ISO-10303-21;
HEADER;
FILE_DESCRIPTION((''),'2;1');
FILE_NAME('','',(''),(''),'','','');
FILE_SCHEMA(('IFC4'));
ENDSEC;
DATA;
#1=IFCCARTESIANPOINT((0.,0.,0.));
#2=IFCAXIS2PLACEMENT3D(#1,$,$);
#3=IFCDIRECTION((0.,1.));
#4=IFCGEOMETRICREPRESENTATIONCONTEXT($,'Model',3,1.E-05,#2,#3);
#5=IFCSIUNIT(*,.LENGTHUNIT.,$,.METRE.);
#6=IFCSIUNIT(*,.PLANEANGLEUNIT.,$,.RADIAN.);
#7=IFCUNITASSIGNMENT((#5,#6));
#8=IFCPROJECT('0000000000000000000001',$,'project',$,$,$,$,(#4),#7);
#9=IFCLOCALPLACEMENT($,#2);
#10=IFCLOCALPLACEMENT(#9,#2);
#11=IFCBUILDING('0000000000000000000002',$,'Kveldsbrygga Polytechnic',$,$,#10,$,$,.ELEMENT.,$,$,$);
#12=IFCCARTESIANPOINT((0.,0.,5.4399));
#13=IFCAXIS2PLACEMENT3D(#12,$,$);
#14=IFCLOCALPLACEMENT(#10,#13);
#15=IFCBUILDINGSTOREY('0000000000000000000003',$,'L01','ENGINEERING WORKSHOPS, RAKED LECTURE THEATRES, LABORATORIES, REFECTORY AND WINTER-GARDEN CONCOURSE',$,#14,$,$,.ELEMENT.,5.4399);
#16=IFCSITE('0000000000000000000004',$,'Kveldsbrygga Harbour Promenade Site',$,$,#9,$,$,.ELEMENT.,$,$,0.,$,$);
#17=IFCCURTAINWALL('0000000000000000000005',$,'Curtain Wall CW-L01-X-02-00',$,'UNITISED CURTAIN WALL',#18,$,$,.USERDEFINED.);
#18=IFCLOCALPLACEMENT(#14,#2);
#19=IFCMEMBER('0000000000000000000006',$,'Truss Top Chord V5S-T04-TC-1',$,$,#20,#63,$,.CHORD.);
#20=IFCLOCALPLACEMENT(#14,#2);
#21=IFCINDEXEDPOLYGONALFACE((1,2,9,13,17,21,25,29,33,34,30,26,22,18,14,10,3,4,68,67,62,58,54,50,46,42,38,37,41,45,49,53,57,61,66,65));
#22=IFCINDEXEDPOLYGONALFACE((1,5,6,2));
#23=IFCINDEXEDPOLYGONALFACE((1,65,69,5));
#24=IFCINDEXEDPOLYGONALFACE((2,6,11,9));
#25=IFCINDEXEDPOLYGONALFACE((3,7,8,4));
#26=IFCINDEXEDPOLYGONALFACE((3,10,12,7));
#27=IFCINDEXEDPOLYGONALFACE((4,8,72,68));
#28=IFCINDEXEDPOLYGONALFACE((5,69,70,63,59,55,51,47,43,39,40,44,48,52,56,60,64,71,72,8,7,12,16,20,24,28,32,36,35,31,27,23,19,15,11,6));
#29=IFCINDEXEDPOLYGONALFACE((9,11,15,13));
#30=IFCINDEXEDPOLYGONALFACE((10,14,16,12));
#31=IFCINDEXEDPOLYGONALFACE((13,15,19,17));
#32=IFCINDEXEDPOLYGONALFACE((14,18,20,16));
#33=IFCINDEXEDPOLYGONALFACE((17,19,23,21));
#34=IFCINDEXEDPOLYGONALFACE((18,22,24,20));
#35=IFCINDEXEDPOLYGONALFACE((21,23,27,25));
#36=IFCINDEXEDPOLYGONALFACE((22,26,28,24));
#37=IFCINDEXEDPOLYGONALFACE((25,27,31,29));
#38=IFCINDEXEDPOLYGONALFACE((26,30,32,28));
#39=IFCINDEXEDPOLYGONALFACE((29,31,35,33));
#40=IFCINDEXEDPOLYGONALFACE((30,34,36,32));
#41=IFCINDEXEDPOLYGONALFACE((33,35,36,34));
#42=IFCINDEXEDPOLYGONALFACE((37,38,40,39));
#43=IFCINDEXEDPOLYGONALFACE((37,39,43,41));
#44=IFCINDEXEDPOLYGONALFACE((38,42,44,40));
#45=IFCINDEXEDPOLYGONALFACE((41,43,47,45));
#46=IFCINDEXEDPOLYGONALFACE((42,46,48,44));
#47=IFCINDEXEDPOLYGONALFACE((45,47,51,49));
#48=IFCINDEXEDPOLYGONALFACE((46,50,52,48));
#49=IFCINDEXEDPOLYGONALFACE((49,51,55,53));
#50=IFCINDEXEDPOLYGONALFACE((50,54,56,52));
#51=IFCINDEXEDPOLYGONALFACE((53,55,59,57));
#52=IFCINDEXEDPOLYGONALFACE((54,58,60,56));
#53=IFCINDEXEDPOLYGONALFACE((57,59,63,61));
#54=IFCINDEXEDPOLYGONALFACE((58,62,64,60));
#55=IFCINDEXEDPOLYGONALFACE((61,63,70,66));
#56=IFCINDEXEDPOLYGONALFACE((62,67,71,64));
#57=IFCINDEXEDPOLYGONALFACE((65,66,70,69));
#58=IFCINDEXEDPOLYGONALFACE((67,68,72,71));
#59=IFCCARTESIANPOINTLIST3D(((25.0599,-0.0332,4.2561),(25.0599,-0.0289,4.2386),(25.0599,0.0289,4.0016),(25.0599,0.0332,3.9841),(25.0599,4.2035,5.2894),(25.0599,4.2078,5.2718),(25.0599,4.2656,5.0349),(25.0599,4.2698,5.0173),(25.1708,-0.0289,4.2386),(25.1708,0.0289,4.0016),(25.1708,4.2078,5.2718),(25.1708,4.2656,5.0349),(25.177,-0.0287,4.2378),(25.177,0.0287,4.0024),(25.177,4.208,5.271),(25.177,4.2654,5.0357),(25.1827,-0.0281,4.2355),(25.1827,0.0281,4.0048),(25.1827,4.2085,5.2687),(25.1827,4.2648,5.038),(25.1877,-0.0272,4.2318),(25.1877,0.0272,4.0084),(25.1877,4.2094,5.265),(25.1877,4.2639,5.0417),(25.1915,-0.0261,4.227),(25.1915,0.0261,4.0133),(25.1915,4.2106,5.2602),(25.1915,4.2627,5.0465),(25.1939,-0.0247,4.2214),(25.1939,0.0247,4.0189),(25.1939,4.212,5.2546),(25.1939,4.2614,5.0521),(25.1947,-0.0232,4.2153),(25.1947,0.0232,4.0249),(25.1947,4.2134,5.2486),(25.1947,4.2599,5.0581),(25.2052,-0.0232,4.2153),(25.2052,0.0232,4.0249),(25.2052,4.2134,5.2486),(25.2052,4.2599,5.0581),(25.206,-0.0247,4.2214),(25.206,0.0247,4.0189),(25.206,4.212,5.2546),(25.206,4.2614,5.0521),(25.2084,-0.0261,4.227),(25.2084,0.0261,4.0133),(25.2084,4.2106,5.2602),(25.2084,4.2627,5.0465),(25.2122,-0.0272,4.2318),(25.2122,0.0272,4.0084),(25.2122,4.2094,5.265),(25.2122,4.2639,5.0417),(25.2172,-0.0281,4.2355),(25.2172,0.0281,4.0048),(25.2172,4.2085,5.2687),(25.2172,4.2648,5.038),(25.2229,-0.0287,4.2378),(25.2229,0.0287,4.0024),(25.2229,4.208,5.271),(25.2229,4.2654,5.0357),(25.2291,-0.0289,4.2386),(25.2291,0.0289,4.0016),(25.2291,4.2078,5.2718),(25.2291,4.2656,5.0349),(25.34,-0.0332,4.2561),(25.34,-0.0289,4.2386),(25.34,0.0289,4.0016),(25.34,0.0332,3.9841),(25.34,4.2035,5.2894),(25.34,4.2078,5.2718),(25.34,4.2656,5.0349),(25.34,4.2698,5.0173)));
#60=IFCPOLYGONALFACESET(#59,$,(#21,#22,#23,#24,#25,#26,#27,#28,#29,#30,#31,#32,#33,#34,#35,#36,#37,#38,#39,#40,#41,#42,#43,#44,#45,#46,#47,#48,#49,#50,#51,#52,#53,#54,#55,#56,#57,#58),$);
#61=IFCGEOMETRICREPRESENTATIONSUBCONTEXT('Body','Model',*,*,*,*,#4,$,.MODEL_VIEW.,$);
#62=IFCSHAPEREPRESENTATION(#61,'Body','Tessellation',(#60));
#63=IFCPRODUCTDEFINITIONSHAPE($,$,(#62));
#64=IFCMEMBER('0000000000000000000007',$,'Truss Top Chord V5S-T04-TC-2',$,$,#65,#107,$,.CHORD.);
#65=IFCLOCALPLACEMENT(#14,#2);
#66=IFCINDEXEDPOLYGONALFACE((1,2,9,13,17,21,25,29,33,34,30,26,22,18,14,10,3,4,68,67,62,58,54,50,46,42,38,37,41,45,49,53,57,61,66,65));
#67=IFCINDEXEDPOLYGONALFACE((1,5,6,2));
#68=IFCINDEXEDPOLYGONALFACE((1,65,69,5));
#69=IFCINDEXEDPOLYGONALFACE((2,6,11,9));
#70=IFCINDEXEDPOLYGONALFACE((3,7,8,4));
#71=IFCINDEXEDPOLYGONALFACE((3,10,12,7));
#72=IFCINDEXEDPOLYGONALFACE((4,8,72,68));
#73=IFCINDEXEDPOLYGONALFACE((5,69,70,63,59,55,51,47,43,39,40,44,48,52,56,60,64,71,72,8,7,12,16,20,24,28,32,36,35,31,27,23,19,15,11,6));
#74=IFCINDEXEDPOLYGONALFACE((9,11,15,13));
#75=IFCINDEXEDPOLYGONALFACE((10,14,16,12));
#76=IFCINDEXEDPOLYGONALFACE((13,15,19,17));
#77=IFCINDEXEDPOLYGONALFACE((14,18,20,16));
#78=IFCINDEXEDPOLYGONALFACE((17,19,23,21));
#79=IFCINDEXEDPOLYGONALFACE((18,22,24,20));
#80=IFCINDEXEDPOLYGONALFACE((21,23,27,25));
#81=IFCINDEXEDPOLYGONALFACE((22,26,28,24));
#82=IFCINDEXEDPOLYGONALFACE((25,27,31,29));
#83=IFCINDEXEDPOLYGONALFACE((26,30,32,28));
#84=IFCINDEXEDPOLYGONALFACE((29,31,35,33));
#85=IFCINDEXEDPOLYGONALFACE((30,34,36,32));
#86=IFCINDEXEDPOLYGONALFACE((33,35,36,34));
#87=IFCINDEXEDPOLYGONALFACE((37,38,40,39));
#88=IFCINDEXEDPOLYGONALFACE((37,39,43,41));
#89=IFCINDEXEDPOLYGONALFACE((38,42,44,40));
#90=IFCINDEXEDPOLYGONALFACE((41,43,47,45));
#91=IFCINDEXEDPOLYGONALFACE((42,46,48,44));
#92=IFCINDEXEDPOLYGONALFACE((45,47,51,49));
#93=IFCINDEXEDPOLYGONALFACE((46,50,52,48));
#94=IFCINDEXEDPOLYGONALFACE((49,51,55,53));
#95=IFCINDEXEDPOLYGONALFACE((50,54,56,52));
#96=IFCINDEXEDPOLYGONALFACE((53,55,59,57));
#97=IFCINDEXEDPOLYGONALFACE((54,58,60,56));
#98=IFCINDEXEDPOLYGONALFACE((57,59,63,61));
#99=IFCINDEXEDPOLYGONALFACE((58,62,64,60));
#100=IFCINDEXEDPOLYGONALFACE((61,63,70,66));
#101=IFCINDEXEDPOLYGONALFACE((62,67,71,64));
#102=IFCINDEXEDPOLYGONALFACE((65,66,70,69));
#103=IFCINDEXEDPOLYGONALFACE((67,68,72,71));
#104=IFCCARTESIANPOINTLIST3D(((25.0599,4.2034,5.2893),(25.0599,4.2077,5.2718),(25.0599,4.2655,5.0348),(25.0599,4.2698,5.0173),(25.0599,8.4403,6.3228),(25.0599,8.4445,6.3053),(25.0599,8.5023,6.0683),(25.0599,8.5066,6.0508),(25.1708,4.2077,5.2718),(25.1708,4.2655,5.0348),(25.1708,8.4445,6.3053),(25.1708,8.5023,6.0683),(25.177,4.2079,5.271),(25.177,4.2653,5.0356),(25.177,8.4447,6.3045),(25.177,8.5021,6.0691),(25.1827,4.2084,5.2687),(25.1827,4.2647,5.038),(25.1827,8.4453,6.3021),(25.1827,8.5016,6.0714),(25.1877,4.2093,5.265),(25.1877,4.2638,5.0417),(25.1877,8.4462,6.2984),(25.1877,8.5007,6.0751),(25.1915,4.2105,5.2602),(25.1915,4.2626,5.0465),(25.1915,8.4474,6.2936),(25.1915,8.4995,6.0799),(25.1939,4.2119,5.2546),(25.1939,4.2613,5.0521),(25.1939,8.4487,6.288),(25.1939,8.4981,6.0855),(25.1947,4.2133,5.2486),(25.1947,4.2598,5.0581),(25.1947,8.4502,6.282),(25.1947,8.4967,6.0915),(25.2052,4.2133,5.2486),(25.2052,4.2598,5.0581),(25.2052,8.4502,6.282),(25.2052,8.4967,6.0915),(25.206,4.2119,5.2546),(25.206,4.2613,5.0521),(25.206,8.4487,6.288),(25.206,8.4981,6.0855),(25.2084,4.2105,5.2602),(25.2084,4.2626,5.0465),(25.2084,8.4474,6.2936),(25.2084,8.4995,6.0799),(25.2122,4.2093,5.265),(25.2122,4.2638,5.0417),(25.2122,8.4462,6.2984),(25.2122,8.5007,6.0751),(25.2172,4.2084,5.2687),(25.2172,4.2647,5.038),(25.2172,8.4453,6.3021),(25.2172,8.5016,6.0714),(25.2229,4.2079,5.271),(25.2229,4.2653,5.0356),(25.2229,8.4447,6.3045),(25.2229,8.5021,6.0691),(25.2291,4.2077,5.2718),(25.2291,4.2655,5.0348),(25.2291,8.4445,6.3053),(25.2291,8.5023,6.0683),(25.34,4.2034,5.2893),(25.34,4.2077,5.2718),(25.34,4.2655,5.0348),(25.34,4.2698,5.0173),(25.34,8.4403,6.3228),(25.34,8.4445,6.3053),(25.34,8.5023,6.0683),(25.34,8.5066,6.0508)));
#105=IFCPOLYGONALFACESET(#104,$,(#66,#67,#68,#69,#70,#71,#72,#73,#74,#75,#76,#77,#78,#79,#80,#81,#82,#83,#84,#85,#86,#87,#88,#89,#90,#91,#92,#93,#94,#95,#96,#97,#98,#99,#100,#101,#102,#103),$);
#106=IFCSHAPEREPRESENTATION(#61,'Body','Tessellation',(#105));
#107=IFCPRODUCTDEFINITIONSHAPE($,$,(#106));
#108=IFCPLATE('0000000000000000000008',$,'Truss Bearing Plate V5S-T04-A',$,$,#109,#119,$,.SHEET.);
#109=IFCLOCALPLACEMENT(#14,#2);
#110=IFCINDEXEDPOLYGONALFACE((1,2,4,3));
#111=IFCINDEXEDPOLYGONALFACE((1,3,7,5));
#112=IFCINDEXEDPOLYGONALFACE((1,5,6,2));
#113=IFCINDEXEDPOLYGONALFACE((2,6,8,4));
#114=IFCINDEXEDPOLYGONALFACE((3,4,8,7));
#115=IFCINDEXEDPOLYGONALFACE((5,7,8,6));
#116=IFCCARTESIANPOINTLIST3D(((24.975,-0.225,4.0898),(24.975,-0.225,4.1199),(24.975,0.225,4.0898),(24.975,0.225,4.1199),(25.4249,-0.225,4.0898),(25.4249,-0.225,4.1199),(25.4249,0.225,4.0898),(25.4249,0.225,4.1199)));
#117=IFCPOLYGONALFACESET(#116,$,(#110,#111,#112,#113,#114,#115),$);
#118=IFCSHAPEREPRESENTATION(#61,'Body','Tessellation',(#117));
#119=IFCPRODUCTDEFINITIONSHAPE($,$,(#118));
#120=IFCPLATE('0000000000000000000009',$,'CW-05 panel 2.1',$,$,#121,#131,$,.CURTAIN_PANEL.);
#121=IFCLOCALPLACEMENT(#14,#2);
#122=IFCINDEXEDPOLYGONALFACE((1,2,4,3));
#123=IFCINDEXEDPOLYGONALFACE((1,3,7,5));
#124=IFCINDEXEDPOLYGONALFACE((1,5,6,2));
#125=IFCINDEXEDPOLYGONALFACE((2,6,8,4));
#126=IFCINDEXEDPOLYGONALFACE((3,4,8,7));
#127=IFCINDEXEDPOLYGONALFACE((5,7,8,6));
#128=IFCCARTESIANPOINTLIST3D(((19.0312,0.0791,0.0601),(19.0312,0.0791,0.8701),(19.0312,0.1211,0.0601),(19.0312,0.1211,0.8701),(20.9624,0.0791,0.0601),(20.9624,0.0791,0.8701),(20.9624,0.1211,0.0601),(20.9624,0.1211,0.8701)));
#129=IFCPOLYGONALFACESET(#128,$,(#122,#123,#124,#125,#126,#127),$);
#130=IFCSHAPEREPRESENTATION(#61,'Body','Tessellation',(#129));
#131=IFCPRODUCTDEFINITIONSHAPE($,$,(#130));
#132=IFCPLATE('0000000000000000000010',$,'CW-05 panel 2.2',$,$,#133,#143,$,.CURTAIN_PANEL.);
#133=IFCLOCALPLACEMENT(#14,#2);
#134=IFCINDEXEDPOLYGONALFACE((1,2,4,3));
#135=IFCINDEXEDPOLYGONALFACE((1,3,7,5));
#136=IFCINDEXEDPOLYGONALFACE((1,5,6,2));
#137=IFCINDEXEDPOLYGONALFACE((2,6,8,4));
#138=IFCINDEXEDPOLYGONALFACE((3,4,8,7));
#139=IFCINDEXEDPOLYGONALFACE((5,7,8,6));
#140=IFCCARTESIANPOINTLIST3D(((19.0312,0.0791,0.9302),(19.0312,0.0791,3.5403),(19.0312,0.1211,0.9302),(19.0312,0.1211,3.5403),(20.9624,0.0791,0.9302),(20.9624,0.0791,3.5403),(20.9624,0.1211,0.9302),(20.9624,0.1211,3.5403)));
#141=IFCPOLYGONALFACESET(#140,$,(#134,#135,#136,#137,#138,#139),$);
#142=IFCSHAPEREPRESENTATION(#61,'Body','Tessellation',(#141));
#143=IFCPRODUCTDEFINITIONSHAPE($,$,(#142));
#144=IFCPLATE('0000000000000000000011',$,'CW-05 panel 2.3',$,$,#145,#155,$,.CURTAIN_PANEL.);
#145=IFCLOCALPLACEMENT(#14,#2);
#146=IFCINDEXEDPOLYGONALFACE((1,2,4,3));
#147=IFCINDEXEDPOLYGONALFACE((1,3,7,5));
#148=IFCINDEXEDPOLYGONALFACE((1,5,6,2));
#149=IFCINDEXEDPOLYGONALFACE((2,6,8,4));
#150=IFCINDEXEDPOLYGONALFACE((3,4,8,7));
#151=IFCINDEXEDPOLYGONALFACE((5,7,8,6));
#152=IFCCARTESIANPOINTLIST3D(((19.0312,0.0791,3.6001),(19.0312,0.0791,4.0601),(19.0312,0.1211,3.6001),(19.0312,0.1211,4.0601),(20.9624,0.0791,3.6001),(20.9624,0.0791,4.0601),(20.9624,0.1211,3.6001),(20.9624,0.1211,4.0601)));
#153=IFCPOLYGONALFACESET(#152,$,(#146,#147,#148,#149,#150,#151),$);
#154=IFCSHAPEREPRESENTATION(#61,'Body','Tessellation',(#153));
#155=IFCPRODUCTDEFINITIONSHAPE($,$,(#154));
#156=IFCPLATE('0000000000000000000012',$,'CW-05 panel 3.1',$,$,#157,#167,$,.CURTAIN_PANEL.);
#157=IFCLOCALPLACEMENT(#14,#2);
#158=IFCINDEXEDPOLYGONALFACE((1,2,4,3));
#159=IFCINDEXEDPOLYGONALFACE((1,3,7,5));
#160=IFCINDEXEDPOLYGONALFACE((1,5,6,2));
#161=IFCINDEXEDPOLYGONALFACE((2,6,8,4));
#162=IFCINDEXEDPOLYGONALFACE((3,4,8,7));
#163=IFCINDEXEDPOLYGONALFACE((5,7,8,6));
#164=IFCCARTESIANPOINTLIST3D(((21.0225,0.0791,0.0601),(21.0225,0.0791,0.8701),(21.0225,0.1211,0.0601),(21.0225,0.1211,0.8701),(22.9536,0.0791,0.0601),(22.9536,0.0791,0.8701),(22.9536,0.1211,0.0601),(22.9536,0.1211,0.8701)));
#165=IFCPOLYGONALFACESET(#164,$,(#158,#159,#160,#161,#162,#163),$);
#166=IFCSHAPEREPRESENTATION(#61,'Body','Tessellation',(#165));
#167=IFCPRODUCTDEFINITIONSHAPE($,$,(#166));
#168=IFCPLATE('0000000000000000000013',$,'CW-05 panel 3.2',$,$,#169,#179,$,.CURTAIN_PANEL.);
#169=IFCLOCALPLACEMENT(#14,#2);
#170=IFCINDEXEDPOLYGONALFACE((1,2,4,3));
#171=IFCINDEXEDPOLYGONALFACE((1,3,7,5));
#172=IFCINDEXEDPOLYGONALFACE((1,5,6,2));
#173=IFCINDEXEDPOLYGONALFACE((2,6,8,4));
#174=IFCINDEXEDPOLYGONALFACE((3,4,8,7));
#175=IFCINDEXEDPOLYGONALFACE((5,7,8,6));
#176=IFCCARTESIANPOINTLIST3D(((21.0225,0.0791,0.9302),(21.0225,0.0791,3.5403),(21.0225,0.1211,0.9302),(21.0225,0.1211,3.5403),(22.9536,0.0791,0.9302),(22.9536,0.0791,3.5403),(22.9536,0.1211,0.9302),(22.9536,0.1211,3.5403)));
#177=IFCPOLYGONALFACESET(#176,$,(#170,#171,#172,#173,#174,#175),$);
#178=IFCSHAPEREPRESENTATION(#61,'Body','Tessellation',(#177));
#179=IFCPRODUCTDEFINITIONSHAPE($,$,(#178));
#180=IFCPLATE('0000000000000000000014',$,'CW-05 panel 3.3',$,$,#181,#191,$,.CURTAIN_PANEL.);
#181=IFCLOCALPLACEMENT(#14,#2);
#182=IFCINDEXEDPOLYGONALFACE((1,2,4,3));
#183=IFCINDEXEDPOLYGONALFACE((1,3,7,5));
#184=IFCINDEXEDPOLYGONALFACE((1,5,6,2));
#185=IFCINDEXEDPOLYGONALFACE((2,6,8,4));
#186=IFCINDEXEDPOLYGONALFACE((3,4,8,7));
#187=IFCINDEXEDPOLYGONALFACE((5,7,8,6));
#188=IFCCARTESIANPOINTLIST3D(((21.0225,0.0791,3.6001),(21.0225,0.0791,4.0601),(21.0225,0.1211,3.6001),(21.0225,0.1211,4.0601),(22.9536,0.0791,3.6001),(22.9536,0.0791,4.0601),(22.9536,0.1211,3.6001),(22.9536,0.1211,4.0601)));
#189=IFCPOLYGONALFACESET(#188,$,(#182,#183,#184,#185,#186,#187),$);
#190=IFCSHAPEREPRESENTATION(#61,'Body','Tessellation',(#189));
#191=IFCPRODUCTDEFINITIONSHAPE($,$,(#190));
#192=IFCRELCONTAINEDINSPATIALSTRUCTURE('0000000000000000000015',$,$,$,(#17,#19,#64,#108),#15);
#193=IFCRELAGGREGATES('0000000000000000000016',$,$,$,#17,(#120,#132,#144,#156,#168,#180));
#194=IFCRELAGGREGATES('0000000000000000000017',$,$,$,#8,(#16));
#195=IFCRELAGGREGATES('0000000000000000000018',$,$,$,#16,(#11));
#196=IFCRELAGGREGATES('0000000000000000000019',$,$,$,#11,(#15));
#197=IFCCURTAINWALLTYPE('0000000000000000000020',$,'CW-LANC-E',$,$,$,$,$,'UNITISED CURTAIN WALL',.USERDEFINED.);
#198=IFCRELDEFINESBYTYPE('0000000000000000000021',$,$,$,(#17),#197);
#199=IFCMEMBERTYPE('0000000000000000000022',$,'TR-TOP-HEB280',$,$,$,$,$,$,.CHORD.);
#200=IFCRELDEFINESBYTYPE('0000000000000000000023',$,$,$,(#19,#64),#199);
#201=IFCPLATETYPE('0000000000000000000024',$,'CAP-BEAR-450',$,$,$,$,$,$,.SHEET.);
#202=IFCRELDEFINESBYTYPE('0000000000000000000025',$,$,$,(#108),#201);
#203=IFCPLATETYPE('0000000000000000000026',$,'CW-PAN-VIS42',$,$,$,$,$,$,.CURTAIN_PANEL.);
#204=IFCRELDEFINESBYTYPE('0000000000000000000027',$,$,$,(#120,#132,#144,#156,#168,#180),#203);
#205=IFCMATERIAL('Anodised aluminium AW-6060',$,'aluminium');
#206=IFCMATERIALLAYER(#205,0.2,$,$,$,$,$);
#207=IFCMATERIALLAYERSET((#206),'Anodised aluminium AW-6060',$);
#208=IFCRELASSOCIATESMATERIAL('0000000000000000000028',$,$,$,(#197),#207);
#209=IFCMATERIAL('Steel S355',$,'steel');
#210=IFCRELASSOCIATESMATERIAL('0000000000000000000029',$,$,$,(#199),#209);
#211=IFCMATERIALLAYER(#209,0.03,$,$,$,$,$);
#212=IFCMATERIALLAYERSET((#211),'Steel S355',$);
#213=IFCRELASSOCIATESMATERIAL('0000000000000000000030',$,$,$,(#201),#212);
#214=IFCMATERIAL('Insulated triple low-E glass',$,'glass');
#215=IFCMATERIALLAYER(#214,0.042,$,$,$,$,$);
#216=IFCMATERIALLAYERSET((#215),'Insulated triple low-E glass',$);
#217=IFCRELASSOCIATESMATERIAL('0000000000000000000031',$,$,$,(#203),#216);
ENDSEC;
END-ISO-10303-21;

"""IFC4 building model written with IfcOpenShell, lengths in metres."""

from ifc_helpers import new_model, si_unit, direction, frame, origin, origin_2d, place, context, subcontext, project, spatial, rectangle, i_section, extrude, material, layer, layer_set, material_profile, profile_set, type_object, element, aggregate, save


model = new_model("IFC4")

# Units and contexts
model_context = context("Model", 3, precision=1e-05, world=origin(), true_north=direction((0.0, 1.0)))
body_context = subcontext(model_context, "Body", "Model", "MODEL_VIEW")
ifc_project = project(units=[si_unit("LENGTHUNIT", "METRE"), si_unit("PLANEANGLEUNIT", "RADIAN")], contexts=[model_context])

# Site, building, storey
site_placement = place(None, origin())
site = spatial("IfcSite", under=ifc_project, at=site_placement, Name="Kveldsbrygga Harbour Promenade Site", CompositionType="ELEMENT", RefElevation=0.0)
building_placement = place(site_placement, origin())
building = spatial("IfcBuilding", under=site, at=building_placement, Name="Kveldsbrygga Polytechnic", CompositionType="ELEMENT")
storey_placement = place(building_placement, frame((0.0, 0.0, 5.4399)))
storey = spatial("IfcBuildingStorey", under=building, at=storey_placement, Name="L01", Description="ENGINEERING WORKSHOPS, RAKED LECTURE THEATRES, LABORATORIES, REFECTORY AND WINTER-GARDEN CONCOURSE", CompositionType="ELEMENT", Elevation=5.4399)

# Curtain wall
ifc_material_1 = material(Name="Anodised aluminium AW-6060", Category="aluminium")
ifc_layer_1 = layer(ifc_material_1, 0.2)
ifc_layer_set_1 = layer_set([ifc_layer_1], Name="Anodised aluminium AW-6060")
curtain_wall_type = type_object("IfcCurtainWallType", Name="CW-LANC-E", ElementType="UNITISED CURTAIN WALL", PredefinedType="USERDEFINED", material=ifc_layer_set_1)
curtain_wall_placement = place(storey_placement, origin())
curtain_wall = element("IfcCurtainWall", 1, at=curtain_wall_placement, inside=storey, type_object=curtain_wall_type, Name="Curtain Wall CW-L01-X-02-00", ObjectType="UNITISED CURTAIN WALL", PredefinedType="USERDEFINED")

# Members
ifc_material_2 = material(Name="Steel S355", Category="steel")
ifc_material_profile_1 = material_profile(ifc_material_2, i_section(OverallWidth=0.28, OverallDepth=0.28, WebThickness=0.0105, FlangeThickness=0.0181, FilletRadius=0.0239, at=origin_2d()), Name="HEB 280")
ifc_profile_set_1 = profile_set([ifc_material_profile_1], Name="Steel S355")
member_type_1 = type_object("IfcMemberType", Name="TR-TOP-HEB280", PredefinedType="CHORD", material=ifc_profile_set_1)
member_1_placement = place(storey_placement, frame((25.2, 0.0, 4.1201), z_axis=(0.0, 0.971526, 0.236933), x_axis=(-1.0, 0.0, 0.0)))
element("IfcMember", 2, at=member_1_placement, inside=storey, type_object=member_type_1, Name="Truss Top Chord V5S-T04-TC-1", PredefinedType="CHORD", context=body_context, shape_type="SweptSolid", body=[
    extrude(i_section(OverallWidth=0.28, OverallDepth=0.28, WebThickness=0.0105, FlangeThickness=0.0181, FilletRadius=0.0239, at=origin_2d()), origin(), (0.0, 0.0, 1.0), 4.3608),
])
member_2_placement = place(storey_placement, frame((25.2, 4.2366, 5.1533), z_axis=(0.0, 0.971516, 0.236973), x_axis=(-1.0, 0.0, 0.0)))
element("IfcMember", 3, at=member_2_placement, inside=storey, type_object=member_type_1, Name="Truss Top Chord V5S-T04-TC-2", PredefinedType="CHORD", context=body_context, shape_type="SweptSolid", body=[
    extrude(i_section(OverallWidth=0.28, OverallDepth=0.28, WebThickness=0.0105, FlangeThickness=0.0181, FilletRadius=0.0239, at=origin_2d()), origin(), (0.0, 0.0, 1.0), 4.3611),
])

# Plates
ifc_layer_2 = layer(ifc_material_2, 0.03)
ifc_layer_set_2 = layer_set([ifc_layer_2], Name="Steel S355")
plate_type_1 = type_object("IfcPlateType", Name="CAP-BEAR-450", PredefinedType="SHEET", material=ifc_layer_set_2)
plate_1_placement = place(storey_placement, frame((25.2, 0.0, 4.0898), z_axis=(0.0, 0.0, 1.0), x_axis=(1.0, 0.0, 0.0)))
element("IfcPlate", 4, at=plate_1_placement, inside=storey, type_object=plate_type_1, Name="Truss Bearing Plate V5S-T04-A", PredefinedType="SHEET", context=body_context, shape_type="SweptSolid", body=[
    extrude(rectangle(XDim=0.45, YDim=0.45, at=origin_2d()), origin(), (0.0, 0.0, 1.0), 0.03),
])
ifc_material_3 = material(Name="Insulated triple low-E glass", Category="glass")
ifc_layer_3 = layer(ifc_material_3, 0.042)
ifc_layer_set_3 = layer_set([ifc_layer_3], Name="Insulated triple low-E glass")
plate_type_2 = type_object("IfcPlateType", Name="CW-PAN-VIS42", PredefinedType="CURTAIN_PANEL", material=ifc_layer_set_3)
plate_2_placement = place(storey_placement, frame((19.9968, 0.1001, 0.0601), z_axis=(0.0, 0.0, 1.0), x_axis=(1.0, 0.0, 0.0)))
plate_2 = element("IfcPlate", 5, at=plate_2_placement, type_object=plate_type_2, Name="CW-05 panel 2.1", PredefinedType="CURTAIN_PANEL", context=body_context, shape_type="SweptSolid", body=[
    extrude(rectangle(XDim=1.9312, YDim=0.042, at=origin_2d()), origin(), (0.0, 0.0, 1.0), 0.8101),
])
plate_3_placement = place(storey_placement, frame((19.9968, 0.1001, 0.9302), z_axis=(0.0, 0.0, 1.0), x_axis=(1.0, 0.0, 0.0)))
plate_3 = element("IfcPlate", 6, at=plate_3_placement, type_object=plate_type_2, Name="CW-05 panel 2.2", PredefinedType="CURTAIN_PANEL", context=body_context, shape_type="SweptSolid", body=[
    extrude(rectangle(XDim=1.9312, YDim=0.042, at=origin_2d()), origin(), (0.0, 0.0, 1.0), 2.6101),
])
plate_4_placement = place(storey_placement, frame((19.9968, 0.1001, 3.6001), z_axis=(0.0, 0.0, 1.0), x_axis=(1.0, 0.0, 0.0)))
plate_4 = element("IfcPlate", 7, at=plate_4_placement, type_object=plate_type_2, Name="CW-05 panel 2.3", PredefinedType="CURTAIN_PANEL", context=body_context, shape_type="SweptSolid", body=[
    extrude(rectangle(XDim=1.9312, YDim=0.042, at=origin_2d()), origin(), (0.0, 0.0, 1.0), 0.46),
])
plate_5_placement = place(storey_placement, frame((21.988, 0.1001, 0.0601), z_axis=(0.0, 0.0, 1.0), x_axis=(1.0, 0.0, 0.0)))
plate_5 = element("IfcPlate", 8, at=plate_5_placement, type_object=plate_type_2, Name="CW-05 panel 3.1", PredefinedType="CURTAIN_PANEL", context=body_context, shape_type="SweptSolid", body=[
    extrude(rectangle(XDim=1.9312, YDim=0.042, at=origin_2d()), origin(), (0.0, 0.0, 1.0), 0.8101),
])
plate_6_placement = place(storey_placement, frame((21.988, 0.1001, 0.9302), z_axis=(0.0, 0.0, 1.0), x_axis=(1.0, 0.0, 0.0)))
plate_6 = element("IfcPlate", 9, at=plate_6_placement, type_object=plate_type_2, Name="CW-05 panel 3.2", PredefinedType="CURTAIN_PANEL", context=body_context, shape_type="SweptSolid", body=[
    extrude(rectangle(XDim=1.9312, YDim=0.042, at=origin_2d()), origin(), (0.0, 0.0, 1.0), 2.6101),
])
plate_7_placement = place(storey_placement, frame((21.988, 0.1001, 3.6001), z_axis=(0.0, 0.0, 1.0), x_axis=(1.0, 0.0, 0.0)))
plate_7 = element("IfcPlate", 10, at=plate_7_placement, type_object=plate_type_2, Name="CW-05 panel 3.3", PredefinedType="CURTAIN_PANEL", context=body_context, shape_type="SweptSolid", body=[
    extrude(rectangle(XDim=1.9312, YDim=0.042, at=origin_2d()), origin(), (0.0, 0.0, 1.0), 0.46),
])
aggregate(curtain_wall, [plate_2, plate_3, plate_4, plate_5, plate_6, plate_7])

save(model, "model.ifc")
